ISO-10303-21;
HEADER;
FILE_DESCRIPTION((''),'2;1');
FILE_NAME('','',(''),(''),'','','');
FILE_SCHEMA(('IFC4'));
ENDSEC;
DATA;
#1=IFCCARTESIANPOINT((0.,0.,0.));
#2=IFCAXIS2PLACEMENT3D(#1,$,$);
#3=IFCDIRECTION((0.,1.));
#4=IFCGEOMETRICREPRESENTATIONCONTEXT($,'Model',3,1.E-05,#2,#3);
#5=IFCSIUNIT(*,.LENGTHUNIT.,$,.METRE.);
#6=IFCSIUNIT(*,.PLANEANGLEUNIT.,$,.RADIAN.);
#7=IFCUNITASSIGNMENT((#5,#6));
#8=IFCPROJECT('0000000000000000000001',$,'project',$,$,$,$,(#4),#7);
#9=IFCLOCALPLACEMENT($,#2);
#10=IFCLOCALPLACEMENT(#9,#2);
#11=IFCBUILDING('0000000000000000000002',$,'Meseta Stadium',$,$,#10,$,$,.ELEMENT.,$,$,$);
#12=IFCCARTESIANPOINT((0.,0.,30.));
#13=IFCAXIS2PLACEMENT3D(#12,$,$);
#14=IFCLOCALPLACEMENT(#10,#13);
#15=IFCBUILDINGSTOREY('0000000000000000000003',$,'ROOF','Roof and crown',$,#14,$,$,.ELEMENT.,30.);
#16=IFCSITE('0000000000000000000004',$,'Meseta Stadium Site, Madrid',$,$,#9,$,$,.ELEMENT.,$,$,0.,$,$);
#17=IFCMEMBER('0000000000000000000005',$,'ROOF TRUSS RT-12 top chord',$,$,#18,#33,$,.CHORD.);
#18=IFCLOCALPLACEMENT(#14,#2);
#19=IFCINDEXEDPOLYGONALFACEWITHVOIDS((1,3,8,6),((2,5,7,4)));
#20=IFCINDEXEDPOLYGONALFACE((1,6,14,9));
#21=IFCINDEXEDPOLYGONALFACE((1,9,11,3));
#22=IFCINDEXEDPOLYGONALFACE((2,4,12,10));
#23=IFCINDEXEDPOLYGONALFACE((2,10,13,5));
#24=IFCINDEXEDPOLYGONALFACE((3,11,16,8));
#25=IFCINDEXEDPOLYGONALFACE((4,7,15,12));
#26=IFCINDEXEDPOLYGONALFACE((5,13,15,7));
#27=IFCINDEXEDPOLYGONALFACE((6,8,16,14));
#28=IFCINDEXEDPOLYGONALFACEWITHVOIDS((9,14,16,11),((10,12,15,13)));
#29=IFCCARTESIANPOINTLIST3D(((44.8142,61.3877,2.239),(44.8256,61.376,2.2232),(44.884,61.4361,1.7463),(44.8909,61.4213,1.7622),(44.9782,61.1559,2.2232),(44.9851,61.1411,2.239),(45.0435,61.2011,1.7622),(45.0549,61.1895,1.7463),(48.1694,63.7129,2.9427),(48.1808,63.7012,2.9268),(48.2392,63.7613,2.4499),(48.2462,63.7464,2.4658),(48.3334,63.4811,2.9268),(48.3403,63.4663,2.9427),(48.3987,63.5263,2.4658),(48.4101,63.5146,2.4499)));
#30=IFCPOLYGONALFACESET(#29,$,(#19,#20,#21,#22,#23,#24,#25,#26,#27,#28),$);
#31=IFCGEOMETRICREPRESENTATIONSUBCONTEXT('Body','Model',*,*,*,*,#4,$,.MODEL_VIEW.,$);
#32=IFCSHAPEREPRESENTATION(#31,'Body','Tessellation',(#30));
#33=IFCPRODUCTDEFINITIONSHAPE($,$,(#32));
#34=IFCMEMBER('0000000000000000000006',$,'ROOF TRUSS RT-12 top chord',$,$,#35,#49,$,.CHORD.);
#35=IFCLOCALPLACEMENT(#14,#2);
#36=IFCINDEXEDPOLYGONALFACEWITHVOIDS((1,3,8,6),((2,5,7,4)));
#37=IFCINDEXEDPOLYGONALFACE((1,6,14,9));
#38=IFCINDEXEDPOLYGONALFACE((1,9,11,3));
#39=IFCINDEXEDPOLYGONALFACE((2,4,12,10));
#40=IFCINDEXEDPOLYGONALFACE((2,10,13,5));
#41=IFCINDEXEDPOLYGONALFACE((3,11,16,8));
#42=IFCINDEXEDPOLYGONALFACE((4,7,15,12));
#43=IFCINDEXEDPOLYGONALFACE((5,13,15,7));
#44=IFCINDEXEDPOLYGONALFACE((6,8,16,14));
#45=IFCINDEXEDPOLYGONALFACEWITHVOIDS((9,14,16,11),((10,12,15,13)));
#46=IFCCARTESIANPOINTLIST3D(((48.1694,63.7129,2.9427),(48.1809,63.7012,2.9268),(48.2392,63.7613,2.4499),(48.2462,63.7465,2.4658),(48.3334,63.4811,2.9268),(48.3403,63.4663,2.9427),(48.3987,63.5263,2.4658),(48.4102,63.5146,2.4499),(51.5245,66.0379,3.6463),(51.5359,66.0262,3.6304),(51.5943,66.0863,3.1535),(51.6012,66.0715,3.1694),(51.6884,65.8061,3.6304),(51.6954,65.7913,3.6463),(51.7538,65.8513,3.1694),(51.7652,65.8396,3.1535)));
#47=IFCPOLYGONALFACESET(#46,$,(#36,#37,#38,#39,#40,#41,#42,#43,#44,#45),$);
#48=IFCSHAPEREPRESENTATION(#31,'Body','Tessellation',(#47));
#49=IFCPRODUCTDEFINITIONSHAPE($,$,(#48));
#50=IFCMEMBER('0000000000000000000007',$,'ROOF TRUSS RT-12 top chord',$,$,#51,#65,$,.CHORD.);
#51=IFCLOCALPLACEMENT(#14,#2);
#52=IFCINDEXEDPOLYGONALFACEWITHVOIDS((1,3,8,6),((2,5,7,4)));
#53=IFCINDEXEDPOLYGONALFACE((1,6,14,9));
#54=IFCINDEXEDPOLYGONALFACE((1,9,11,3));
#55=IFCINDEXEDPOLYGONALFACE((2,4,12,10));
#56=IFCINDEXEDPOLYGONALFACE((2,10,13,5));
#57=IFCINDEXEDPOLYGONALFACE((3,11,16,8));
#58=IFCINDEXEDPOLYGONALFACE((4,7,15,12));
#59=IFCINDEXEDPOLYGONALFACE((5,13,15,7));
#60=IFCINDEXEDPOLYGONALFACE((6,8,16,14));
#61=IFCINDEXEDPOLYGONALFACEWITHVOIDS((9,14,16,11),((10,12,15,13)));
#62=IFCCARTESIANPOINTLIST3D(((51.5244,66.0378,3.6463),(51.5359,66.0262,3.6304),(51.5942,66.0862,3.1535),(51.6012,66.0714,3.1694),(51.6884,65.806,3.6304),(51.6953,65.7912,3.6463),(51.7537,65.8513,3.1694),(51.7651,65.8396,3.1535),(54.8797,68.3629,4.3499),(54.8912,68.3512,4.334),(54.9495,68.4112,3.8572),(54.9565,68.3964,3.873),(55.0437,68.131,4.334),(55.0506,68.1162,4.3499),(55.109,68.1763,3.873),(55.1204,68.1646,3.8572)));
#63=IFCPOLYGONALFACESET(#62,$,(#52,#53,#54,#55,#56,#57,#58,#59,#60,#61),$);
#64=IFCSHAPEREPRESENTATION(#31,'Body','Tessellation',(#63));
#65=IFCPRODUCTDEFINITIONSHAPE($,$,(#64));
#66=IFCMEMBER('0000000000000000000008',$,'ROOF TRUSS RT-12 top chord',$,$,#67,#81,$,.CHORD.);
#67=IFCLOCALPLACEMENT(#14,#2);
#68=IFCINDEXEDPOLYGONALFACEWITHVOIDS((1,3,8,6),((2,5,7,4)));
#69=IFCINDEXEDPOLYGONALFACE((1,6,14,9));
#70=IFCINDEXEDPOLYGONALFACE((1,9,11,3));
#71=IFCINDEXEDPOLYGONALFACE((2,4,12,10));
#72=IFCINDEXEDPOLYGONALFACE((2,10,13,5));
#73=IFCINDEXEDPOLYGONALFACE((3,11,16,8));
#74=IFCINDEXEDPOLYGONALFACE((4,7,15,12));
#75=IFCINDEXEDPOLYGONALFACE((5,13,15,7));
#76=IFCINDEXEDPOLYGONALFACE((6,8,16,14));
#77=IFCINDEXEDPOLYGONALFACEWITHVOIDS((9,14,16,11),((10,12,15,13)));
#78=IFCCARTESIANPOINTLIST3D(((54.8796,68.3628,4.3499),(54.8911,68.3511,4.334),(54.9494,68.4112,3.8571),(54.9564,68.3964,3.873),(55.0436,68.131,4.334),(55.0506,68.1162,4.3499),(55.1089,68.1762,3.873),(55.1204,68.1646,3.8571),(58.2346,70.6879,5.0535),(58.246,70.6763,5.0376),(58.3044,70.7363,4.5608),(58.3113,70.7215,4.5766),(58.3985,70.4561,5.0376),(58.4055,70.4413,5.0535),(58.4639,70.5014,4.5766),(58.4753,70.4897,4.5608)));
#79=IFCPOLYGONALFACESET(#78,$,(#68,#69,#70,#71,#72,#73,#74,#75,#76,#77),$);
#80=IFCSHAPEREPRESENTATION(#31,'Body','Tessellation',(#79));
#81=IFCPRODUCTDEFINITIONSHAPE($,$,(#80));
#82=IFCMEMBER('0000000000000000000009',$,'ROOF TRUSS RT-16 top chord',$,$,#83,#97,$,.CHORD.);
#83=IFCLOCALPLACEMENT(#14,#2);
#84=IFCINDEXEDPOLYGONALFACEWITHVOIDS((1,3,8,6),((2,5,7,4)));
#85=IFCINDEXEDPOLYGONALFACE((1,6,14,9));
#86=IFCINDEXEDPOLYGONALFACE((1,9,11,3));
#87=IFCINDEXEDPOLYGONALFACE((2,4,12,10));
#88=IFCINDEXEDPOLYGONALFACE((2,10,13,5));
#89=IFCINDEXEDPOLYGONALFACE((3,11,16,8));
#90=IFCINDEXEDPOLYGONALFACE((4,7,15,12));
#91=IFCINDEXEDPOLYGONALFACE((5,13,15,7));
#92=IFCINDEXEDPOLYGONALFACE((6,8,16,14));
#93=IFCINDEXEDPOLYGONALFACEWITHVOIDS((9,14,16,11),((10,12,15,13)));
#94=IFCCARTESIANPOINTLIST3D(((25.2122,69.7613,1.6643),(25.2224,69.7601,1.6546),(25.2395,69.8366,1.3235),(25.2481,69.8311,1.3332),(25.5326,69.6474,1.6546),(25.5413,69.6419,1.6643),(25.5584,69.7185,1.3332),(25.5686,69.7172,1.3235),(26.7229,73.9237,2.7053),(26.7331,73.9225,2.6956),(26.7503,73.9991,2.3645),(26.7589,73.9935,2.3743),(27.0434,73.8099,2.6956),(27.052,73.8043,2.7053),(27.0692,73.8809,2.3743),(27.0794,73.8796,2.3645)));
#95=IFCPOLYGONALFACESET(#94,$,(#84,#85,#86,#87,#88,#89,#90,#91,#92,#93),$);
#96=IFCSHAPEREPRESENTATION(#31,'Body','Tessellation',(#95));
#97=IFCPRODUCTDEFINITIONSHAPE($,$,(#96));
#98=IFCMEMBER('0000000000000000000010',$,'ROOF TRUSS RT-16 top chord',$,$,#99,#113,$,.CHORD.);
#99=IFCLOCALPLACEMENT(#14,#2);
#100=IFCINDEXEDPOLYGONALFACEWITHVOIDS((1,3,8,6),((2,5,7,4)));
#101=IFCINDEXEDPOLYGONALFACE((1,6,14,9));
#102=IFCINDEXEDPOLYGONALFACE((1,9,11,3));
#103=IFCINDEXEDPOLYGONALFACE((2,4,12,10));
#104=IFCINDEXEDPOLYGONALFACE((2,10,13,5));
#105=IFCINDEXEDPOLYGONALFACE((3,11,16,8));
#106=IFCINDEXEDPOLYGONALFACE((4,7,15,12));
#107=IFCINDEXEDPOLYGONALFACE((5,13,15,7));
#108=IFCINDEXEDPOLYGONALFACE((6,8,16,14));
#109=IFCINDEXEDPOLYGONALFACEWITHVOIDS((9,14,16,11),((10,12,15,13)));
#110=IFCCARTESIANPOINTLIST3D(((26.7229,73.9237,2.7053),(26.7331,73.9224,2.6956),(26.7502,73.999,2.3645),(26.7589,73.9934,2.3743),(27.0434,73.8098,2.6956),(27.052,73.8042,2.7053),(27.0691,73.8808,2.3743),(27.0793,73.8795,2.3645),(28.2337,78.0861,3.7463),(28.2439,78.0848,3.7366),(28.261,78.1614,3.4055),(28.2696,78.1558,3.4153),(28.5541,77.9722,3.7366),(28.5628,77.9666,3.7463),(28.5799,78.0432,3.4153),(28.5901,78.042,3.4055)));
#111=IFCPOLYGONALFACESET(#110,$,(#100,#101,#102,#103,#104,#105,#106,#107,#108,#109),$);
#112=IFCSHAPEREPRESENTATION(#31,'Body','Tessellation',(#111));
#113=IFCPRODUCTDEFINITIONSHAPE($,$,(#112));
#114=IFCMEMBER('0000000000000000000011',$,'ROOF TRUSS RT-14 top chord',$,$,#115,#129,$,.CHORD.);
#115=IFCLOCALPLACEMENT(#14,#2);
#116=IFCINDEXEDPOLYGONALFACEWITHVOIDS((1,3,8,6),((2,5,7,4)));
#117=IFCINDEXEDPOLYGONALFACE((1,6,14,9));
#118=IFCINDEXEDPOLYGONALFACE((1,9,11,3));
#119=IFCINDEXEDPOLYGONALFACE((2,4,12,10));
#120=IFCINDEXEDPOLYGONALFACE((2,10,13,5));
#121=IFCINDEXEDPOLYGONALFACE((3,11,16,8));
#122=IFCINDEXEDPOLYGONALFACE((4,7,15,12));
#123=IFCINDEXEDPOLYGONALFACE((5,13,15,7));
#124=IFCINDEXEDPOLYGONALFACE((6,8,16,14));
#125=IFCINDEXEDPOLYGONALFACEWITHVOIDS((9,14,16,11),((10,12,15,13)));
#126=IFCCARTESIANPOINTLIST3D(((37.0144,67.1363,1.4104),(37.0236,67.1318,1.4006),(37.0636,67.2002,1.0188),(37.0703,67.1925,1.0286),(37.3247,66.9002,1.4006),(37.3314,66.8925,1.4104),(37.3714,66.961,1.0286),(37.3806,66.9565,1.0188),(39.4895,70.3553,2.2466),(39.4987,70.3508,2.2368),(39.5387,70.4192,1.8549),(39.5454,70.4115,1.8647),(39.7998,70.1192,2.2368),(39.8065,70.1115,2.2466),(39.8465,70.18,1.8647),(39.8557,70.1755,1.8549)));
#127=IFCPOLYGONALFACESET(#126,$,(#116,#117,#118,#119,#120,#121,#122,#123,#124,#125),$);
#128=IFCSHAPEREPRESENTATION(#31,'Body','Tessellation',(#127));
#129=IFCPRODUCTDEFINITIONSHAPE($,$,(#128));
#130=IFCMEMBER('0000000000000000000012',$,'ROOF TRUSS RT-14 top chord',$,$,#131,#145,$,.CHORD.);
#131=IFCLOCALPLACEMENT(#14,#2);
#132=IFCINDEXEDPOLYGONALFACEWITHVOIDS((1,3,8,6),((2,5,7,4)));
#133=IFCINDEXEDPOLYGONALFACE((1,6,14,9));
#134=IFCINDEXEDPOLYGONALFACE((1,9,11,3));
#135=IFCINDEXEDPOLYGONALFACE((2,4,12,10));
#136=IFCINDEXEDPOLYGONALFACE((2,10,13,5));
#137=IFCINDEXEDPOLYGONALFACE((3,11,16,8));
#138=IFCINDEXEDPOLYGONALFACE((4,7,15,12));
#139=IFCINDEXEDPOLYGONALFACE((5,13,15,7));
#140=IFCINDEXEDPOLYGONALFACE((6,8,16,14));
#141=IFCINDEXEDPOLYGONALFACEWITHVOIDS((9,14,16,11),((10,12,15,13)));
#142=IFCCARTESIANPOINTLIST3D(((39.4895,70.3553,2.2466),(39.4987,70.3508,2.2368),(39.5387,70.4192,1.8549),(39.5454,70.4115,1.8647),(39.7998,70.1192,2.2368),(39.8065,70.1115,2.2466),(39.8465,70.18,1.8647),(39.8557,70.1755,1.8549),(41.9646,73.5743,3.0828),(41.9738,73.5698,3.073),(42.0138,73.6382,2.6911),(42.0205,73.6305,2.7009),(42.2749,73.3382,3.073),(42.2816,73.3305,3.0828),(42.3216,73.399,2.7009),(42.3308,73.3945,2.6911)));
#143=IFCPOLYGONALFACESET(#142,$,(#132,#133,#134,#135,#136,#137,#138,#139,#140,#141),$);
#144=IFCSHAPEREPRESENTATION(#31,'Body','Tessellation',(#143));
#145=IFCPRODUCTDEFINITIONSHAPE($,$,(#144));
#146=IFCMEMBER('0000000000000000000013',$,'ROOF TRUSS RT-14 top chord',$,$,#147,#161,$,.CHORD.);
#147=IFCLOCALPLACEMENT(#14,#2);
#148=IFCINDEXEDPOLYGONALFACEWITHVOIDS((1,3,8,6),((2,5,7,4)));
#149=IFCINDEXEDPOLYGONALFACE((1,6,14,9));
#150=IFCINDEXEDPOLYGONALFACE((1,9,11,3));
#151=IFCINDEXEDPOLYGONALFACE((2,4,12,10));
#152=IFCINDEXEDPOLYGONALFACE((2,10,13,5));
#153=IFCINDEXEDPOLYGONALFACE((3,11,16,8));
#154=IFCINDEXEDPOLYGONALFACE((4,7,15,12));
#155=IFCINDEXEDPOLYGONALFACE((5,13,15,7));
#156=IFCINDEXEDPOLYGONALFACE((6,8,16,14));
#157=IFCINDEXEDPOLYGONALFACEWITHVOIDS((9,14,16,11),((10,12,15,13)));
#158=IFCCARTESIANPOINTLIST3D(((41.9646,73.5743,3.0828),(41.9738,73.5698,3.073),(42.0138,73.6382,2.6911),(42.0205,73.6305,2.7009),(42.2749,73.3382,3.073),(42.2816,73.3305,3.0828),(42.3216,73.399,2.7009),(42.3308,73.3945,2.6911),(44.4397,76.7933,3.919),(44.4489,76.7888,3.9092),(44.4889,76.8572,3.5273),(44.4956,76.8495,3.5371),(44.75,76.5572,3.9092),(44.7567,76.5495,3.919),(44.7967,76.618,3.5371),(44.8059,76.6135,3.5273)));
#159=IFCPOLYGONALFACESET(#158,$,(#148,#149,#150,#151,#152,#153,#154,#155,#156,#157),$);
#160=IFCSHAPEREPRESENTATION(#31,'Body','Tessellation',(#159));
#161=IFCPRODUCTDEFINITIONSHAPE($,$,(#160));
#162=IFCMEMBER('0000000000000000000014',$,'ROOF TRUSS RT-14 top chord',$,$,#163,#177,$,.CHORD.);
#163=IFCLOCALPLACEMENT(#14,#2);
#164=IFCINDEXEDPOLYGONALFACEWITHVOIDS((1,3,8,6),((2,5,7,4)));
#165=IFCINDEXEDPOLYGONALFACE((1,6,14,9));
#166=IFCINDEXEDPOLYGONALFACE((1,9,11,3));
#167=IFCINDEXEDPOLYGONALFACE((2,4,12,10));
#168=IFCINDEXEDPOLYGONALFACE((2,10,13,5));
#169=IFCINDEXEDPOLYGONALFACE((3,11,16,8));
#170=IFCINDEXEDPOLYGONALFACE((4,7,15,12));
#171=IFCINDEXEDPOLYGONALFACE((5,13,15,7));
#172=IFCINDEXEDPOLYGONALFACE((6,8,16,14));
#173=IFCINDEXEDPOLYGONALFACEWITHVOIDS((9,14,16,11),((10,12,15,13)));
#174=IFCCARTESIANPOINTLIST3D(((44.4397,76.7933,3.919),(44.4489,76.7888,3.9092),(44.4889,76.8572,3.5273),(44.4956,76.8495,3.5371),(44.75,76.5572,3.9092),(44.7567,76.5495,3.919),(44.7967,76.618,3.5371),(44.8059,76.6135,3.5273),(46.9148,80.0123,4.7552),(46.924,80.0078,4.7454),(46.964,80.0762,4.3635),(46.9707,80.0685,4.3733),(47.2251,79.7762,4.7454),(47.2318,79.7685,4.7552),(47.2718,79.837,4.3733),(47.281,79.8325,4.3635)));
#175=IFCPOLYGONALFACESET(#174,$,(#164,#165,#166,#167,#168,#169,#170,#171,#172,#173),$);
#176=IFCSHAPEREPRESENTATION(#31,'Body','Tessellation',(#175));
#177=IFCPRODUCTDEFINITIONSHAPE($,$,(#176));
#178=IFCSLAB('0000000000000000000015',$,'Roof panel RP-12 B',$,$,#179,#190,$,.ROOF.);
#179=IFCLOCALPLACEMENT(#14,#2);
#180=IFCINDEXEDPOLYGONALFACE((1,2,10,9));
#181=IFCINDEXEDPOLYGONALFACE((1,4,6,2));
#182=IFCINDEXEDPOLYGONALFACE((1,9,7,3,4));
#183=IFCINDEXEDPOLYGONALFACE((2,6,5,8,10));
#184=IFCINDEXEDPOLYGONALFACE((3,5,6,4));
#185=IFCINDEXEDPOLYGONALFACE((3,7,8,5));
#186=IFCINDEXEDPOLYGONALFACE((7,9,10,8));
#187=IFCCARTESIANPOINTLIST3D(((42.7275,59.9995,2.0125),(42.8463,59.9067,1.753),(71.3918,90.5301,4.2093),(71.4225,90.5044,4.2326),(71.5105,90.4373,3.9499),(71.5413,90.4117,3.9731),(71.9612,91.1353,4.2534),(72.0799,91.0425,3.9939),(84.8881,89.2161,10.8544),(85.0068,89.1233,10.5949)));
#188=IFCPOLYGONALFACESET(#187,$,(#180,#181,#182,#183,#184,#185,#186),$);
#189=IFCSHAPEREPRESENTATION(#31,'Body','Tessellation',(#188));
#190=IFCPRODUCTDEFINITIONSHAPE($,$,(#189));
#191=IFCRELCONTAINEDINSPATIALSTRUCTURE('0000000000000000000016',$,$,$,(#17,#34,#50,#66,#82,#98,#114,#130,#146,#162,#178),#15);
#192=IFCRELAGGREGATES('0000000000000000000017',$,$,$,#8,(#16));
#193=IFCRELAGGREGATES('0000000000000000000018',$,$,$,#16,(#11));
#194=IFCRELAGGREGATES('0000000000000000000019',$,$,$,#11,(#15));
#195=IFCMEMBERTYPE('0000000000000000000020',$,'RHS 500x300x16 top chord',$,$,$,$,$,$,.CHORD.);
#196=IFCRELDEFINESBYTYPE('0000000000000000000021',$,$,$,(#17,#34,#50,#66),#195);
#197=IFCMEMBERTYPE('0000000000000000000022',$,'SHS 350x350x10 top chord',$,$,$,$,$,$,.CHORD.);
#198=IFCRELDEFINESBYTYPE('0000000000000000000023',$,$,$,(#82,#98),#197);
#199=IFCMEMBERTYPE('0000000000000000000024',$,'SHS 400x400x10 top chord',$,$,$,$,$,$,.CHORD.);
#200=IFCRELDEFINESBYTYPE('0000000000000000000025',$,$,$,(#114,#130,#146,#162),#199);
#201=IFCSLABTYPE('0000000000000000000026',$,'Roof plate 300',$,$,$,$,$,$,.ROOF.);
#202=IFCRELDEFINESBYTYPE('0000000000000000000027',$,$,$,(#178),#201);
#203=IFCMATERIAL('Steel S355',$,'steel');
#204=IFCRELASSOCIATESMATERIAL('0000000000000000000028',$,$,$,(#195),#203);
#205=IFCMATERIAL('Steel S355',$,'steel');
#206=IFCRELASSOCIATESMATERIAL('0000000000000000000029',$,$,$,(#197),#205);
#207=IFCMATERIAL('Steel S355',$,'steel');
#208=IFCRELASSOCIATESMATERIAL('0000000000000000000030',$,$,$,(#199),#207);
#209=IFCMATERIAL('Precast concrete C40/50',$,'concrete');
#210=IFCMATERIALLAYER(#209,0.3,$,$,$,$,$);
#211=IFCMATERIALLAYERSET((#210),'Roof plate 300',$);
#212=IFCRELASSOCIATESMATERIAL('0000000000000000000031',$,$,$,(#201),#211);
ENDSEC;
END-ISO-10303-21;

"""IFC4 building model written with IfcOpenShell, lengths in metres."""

from ifc_helpers import new_model, si_unit, direction, frame, origin, origin_2d, place, context, subcontext, project, spatial, polyline, hollow_rectangle, outline, extrude, material, layer, layer_set, material_profile, profile_set, type_object, element, save


model = new_model("IFC4")

# Units and contexts
model_context = context("Model", 3, precision=1e-05, world=origin(), true_north=direction((0.0, 1.0)))
body_context = subcontext(model_context, "Body", "Model", "MODEL_VIEW")
ifc_project = project(units=[si_unit("LENGTHUNIT", "METRE"), si_unit("PLANEANGLEUNIT", "RADIAN")], contexts=[model_context])

# Site, building, storey
site_placement = place(None, origin())
site = spatial("IfcSite", under=ifc_project, at=site_placement, Name="Meseta Stadium Site, Madrid", CompositionType="ELEMENT", RefElevation=0.0)
building_placement = place(site_placement, origin())
building = spatial("IfcBuilding", under=site, at=building_placement, Name="Meseta Stadium", CompositionType="ELEMENT")
storey_placement = place(building_placement, frame((0.0, 0.0, 30.0)))
storey = spatial("IfcBuildingStorey", under=building, at=storey_placement, Name="ROOF", Description="Roof and crown", CompositionType="ELEMENT", Elevation=30.0)

# Members
ifc_material_1 = material(Name="Steel S355", Category="steel")
ifc_material_profile_1 = material_profile(ifc_material_1, hollow_rectangle(XDim=0.3, YDim=0.5, WallThickness=0.0161, at=origin_2d()), Name="RHS 500x300x16")
ifc_profile_set_1 = profile_set([ifc_material_profile_1], Name="Steel S355")
member_type_1 = type_object("IfcMemberType", Name="RHS 500x300x16 top chord", PredefinedType="CHORD", material=ifc_profile_set_1)
member_1_placement = place(storey_placement, frame((44.9346, 61.2886, 1.9927), z_axis=(0.809979, 0.561322, 0.169858), x_axis=(-0.569599, 0.821923, 0.0)))
element("IfcMember", 1, at=member_1_placement, inside=storey, type_object=member_type_1, Name="ROOF TRUSS RT-12 top chord", PredefinedType="CHORD", context=body_context, shape_type="SweptSolid", body=[
    extrude(hollow_rectangle(XDim=0.3, YDim=0.5, WallThickness=0.0161, at=origin_2d()), origin(), (0.0, 0.0, 1.0), 4.1423),
])
member_2_placement = place(storey_placement, frame((48.2898, 63.6138, 2.6963), z_axis=(0.809986, 0.561308, 0.169872), x_axis=(-0.569586, 0.821932, 0.0)))
element("IfcMember", 2, at=member_2_placement, inside=storey, type_object=member_type_1, Name="ROOF TRUSS RT-12 top chord", PredefinedType="CHORD", context=body_context, shape_type="SweptSolid", body=[
    extrude(hollow_rectangle(XDim=0.3, YDim=0.5, WallThickness=0.0161, at=origin_2d()), origin(), (0.0, 0.0, 1.0), 4.1421),
])
member_3_placement = place(storey_placement, frame((51.6448, 65.9387, 3.3999), z_axis=(0.810006, 0.561281, 0.169864), x_axis=(-0.569558, 0.821951, 0.0)))
element("IfcMember", 3, at=member_3_placement, inside=storey, type_object=member_type_1, Name="ROOF TRUSS RT-12 top chord", PredefinedType="CHORD", context=body_context, shape_type="SweptSolid", body=[
    extrude(hollow_rectangle(XDim=0.3, YDim=0.5, WallThickness=0.0161, at=origin_2d()), origin(), (0.0, 0.0, 1.0), 4.1423),
])
member_4_placement = place(storey_placement, frame((55.0, 68.2637, 4.1035), z_axis=(0.809959, 0.561348, 0.169866), x_axis=(-0.569627, 0.821904, 0.0)))
element("IfcMember", 4, at=member_4_placement, inside=storey, type_object=member_type_1, Name="ROOF TRUSS RT-12 top chord", PredefinedType="CHORD", context=body_context, shape_type="SweptSolid", body=[
    extrude(hollow_rectangle(XDim=0.3, YDim=0.5, WallThickness=0.0161, at=origin_2d()), origin(), (0.0, 0.0, 1.0), 4.1421),
])
ifc_material_2 = material(Name="Steel S355", Category="steel")
ifc_material_profile_2 = material_profile(ifc_material_2, hollow_rectangle(XDim=0.3501, YDim=0.3501, WallThickness=0.01, at=origin_2d()), Name="SHS 350x350x10")
ifc_profile_set_2 = profile_set([ifc_material_profile_2], Name="Steel S355")
member_type_2 = type_object("IfcMemberType", Name="SHS 350x350x10 top chord", PredefinedType="CHORD", material=ifc_profile_set_2)
for number, where, z_axis, x_axis, name in (
    (5, (25.3904, 69.7393, 1.4939), (0.332122, 0.915052, 0.228857), (-0.939999, 0.341176, 0.0), "ROOF TRUSS RT-16 top chord"),
    (6, (26.9011, 73.9016, 2.5349), (0.332122, 0.915052, 0.228857), (-0.939999, 0.341176, 0.0), "ROOF TRUSS RT-16 top chord"),
):
    element("IfcMember", number, at=place(storey_placement, frame(where, z_axis=z_axis, x_axis=x_axis)), inside=storey, type_object=member_type_2, Name=name, PredefinedType="CHORD", context=body_context, shape_type="SweptSolid", body=[
        extrude(hollow_rectangle(XDim=0.3501, YDim=0.3501, WallThickness=0.01, at=origin_2d()), origin(), (0.0, 0.0, 1.0), 4.5488),
    ])
ifc_material_3 = material(Name="Steel S355", Category="steel")
ifc_material_profile_3 = material_profile(ifc_material_3, hollow_rectangle(XDim=0.3999, YDim=0.3999, WallThickness=0.01, at=origin_2d()), Name="SHS 400x400x10")
ifc_profile_set_3 = profile_set([ifc_material_profile_3], Name="Steel S355")
member_type_3 = type_object("IfcMemberType", Name="SHS 400x400x10 top chord", PredefinedType="CHORD", material=ifc_profile_set_3)
for number, where, z_axis, x_axis, name in (
    (7, (37.1975, 67.0464, 1.2146), (0.597021, 0.776457, 0.201696), (-0.792749, 0.609548, 0.0), "ROOF TRUSS RT-14 top chord"),
    (8, (39.6726, 70.2654, 2.0508), (0.597021, 0.776457, 0.201696), (-0.792749, 0.609548, 0.0), "ROOF TRUSS RT-14 top chord"),
    (9, (42.1477, 73.4844, 2.887), (0.597021, 0.776457, 0.201696), (-0.792749, 0.609548, 0.0), "ROOF TRUSS RT-14 top chord"),
    (10, (44.6228, 76.7034, 3.7231), (0.597021, 0.776457, 0.201696), (-0.792749, 0.609548, 0.0), "ROOF TRUSS RT-14 top chord"),
):
    element("IfcMember", number, at=place(storey_placement, frame(where, z_axis=z_axis, x_axis=x_axis)), inside=storey, type_object=member_type_3, Name=name, PredefinedType="CHORD", context=body_context, shape_type="SweptSolid", body=[
        extrude(hollow_rectangle(XDim=0.3999, YDim=0.3999, WallThickness=0.01, at=origin_2d()), origin(), (0.0, 0.0, 1.0), 4.1458),
    ])

# Slab
ifc_material_4 = material(Name="Precast concrete C40/50", Category="concrete")
ifc_layer = layer(ifc_material_4, 0.3)
ifc_layer_set = layer_set([ifc_layer], Name="Roof plate 300")
slab_type = type_object("IfcSlabType", Name="Roof plate 300", PredefinedType="ROOF", material=ifc_layer_set)
slab_1_placement = place(storey_placement, frame((42.7275, 59.9995, 2.0125), z_axis=(-0.395666, 0.309254, 0.86476), x_axis=(0.809986, 0.561307, 0.169871)))
element("IfcSlab", 11, at=slab_1_placement, inside=storey, type_object=slab_type, Name="Roof panel RP-12 B", PredefinedType="ROOF", context=body_context, shape_type="SweptSolid", body=[
    extrude(outline(polyline([(0.0, 0.0), (52.051, 0.0), (41.5363, 10.1883), (40.7279, 9.9911), (40.7423, 9.9471), (0.0, 0.0)])), origin(), (0.0, 0.0, -1.0), 0.3),
])

save(model, "model.ifc")
